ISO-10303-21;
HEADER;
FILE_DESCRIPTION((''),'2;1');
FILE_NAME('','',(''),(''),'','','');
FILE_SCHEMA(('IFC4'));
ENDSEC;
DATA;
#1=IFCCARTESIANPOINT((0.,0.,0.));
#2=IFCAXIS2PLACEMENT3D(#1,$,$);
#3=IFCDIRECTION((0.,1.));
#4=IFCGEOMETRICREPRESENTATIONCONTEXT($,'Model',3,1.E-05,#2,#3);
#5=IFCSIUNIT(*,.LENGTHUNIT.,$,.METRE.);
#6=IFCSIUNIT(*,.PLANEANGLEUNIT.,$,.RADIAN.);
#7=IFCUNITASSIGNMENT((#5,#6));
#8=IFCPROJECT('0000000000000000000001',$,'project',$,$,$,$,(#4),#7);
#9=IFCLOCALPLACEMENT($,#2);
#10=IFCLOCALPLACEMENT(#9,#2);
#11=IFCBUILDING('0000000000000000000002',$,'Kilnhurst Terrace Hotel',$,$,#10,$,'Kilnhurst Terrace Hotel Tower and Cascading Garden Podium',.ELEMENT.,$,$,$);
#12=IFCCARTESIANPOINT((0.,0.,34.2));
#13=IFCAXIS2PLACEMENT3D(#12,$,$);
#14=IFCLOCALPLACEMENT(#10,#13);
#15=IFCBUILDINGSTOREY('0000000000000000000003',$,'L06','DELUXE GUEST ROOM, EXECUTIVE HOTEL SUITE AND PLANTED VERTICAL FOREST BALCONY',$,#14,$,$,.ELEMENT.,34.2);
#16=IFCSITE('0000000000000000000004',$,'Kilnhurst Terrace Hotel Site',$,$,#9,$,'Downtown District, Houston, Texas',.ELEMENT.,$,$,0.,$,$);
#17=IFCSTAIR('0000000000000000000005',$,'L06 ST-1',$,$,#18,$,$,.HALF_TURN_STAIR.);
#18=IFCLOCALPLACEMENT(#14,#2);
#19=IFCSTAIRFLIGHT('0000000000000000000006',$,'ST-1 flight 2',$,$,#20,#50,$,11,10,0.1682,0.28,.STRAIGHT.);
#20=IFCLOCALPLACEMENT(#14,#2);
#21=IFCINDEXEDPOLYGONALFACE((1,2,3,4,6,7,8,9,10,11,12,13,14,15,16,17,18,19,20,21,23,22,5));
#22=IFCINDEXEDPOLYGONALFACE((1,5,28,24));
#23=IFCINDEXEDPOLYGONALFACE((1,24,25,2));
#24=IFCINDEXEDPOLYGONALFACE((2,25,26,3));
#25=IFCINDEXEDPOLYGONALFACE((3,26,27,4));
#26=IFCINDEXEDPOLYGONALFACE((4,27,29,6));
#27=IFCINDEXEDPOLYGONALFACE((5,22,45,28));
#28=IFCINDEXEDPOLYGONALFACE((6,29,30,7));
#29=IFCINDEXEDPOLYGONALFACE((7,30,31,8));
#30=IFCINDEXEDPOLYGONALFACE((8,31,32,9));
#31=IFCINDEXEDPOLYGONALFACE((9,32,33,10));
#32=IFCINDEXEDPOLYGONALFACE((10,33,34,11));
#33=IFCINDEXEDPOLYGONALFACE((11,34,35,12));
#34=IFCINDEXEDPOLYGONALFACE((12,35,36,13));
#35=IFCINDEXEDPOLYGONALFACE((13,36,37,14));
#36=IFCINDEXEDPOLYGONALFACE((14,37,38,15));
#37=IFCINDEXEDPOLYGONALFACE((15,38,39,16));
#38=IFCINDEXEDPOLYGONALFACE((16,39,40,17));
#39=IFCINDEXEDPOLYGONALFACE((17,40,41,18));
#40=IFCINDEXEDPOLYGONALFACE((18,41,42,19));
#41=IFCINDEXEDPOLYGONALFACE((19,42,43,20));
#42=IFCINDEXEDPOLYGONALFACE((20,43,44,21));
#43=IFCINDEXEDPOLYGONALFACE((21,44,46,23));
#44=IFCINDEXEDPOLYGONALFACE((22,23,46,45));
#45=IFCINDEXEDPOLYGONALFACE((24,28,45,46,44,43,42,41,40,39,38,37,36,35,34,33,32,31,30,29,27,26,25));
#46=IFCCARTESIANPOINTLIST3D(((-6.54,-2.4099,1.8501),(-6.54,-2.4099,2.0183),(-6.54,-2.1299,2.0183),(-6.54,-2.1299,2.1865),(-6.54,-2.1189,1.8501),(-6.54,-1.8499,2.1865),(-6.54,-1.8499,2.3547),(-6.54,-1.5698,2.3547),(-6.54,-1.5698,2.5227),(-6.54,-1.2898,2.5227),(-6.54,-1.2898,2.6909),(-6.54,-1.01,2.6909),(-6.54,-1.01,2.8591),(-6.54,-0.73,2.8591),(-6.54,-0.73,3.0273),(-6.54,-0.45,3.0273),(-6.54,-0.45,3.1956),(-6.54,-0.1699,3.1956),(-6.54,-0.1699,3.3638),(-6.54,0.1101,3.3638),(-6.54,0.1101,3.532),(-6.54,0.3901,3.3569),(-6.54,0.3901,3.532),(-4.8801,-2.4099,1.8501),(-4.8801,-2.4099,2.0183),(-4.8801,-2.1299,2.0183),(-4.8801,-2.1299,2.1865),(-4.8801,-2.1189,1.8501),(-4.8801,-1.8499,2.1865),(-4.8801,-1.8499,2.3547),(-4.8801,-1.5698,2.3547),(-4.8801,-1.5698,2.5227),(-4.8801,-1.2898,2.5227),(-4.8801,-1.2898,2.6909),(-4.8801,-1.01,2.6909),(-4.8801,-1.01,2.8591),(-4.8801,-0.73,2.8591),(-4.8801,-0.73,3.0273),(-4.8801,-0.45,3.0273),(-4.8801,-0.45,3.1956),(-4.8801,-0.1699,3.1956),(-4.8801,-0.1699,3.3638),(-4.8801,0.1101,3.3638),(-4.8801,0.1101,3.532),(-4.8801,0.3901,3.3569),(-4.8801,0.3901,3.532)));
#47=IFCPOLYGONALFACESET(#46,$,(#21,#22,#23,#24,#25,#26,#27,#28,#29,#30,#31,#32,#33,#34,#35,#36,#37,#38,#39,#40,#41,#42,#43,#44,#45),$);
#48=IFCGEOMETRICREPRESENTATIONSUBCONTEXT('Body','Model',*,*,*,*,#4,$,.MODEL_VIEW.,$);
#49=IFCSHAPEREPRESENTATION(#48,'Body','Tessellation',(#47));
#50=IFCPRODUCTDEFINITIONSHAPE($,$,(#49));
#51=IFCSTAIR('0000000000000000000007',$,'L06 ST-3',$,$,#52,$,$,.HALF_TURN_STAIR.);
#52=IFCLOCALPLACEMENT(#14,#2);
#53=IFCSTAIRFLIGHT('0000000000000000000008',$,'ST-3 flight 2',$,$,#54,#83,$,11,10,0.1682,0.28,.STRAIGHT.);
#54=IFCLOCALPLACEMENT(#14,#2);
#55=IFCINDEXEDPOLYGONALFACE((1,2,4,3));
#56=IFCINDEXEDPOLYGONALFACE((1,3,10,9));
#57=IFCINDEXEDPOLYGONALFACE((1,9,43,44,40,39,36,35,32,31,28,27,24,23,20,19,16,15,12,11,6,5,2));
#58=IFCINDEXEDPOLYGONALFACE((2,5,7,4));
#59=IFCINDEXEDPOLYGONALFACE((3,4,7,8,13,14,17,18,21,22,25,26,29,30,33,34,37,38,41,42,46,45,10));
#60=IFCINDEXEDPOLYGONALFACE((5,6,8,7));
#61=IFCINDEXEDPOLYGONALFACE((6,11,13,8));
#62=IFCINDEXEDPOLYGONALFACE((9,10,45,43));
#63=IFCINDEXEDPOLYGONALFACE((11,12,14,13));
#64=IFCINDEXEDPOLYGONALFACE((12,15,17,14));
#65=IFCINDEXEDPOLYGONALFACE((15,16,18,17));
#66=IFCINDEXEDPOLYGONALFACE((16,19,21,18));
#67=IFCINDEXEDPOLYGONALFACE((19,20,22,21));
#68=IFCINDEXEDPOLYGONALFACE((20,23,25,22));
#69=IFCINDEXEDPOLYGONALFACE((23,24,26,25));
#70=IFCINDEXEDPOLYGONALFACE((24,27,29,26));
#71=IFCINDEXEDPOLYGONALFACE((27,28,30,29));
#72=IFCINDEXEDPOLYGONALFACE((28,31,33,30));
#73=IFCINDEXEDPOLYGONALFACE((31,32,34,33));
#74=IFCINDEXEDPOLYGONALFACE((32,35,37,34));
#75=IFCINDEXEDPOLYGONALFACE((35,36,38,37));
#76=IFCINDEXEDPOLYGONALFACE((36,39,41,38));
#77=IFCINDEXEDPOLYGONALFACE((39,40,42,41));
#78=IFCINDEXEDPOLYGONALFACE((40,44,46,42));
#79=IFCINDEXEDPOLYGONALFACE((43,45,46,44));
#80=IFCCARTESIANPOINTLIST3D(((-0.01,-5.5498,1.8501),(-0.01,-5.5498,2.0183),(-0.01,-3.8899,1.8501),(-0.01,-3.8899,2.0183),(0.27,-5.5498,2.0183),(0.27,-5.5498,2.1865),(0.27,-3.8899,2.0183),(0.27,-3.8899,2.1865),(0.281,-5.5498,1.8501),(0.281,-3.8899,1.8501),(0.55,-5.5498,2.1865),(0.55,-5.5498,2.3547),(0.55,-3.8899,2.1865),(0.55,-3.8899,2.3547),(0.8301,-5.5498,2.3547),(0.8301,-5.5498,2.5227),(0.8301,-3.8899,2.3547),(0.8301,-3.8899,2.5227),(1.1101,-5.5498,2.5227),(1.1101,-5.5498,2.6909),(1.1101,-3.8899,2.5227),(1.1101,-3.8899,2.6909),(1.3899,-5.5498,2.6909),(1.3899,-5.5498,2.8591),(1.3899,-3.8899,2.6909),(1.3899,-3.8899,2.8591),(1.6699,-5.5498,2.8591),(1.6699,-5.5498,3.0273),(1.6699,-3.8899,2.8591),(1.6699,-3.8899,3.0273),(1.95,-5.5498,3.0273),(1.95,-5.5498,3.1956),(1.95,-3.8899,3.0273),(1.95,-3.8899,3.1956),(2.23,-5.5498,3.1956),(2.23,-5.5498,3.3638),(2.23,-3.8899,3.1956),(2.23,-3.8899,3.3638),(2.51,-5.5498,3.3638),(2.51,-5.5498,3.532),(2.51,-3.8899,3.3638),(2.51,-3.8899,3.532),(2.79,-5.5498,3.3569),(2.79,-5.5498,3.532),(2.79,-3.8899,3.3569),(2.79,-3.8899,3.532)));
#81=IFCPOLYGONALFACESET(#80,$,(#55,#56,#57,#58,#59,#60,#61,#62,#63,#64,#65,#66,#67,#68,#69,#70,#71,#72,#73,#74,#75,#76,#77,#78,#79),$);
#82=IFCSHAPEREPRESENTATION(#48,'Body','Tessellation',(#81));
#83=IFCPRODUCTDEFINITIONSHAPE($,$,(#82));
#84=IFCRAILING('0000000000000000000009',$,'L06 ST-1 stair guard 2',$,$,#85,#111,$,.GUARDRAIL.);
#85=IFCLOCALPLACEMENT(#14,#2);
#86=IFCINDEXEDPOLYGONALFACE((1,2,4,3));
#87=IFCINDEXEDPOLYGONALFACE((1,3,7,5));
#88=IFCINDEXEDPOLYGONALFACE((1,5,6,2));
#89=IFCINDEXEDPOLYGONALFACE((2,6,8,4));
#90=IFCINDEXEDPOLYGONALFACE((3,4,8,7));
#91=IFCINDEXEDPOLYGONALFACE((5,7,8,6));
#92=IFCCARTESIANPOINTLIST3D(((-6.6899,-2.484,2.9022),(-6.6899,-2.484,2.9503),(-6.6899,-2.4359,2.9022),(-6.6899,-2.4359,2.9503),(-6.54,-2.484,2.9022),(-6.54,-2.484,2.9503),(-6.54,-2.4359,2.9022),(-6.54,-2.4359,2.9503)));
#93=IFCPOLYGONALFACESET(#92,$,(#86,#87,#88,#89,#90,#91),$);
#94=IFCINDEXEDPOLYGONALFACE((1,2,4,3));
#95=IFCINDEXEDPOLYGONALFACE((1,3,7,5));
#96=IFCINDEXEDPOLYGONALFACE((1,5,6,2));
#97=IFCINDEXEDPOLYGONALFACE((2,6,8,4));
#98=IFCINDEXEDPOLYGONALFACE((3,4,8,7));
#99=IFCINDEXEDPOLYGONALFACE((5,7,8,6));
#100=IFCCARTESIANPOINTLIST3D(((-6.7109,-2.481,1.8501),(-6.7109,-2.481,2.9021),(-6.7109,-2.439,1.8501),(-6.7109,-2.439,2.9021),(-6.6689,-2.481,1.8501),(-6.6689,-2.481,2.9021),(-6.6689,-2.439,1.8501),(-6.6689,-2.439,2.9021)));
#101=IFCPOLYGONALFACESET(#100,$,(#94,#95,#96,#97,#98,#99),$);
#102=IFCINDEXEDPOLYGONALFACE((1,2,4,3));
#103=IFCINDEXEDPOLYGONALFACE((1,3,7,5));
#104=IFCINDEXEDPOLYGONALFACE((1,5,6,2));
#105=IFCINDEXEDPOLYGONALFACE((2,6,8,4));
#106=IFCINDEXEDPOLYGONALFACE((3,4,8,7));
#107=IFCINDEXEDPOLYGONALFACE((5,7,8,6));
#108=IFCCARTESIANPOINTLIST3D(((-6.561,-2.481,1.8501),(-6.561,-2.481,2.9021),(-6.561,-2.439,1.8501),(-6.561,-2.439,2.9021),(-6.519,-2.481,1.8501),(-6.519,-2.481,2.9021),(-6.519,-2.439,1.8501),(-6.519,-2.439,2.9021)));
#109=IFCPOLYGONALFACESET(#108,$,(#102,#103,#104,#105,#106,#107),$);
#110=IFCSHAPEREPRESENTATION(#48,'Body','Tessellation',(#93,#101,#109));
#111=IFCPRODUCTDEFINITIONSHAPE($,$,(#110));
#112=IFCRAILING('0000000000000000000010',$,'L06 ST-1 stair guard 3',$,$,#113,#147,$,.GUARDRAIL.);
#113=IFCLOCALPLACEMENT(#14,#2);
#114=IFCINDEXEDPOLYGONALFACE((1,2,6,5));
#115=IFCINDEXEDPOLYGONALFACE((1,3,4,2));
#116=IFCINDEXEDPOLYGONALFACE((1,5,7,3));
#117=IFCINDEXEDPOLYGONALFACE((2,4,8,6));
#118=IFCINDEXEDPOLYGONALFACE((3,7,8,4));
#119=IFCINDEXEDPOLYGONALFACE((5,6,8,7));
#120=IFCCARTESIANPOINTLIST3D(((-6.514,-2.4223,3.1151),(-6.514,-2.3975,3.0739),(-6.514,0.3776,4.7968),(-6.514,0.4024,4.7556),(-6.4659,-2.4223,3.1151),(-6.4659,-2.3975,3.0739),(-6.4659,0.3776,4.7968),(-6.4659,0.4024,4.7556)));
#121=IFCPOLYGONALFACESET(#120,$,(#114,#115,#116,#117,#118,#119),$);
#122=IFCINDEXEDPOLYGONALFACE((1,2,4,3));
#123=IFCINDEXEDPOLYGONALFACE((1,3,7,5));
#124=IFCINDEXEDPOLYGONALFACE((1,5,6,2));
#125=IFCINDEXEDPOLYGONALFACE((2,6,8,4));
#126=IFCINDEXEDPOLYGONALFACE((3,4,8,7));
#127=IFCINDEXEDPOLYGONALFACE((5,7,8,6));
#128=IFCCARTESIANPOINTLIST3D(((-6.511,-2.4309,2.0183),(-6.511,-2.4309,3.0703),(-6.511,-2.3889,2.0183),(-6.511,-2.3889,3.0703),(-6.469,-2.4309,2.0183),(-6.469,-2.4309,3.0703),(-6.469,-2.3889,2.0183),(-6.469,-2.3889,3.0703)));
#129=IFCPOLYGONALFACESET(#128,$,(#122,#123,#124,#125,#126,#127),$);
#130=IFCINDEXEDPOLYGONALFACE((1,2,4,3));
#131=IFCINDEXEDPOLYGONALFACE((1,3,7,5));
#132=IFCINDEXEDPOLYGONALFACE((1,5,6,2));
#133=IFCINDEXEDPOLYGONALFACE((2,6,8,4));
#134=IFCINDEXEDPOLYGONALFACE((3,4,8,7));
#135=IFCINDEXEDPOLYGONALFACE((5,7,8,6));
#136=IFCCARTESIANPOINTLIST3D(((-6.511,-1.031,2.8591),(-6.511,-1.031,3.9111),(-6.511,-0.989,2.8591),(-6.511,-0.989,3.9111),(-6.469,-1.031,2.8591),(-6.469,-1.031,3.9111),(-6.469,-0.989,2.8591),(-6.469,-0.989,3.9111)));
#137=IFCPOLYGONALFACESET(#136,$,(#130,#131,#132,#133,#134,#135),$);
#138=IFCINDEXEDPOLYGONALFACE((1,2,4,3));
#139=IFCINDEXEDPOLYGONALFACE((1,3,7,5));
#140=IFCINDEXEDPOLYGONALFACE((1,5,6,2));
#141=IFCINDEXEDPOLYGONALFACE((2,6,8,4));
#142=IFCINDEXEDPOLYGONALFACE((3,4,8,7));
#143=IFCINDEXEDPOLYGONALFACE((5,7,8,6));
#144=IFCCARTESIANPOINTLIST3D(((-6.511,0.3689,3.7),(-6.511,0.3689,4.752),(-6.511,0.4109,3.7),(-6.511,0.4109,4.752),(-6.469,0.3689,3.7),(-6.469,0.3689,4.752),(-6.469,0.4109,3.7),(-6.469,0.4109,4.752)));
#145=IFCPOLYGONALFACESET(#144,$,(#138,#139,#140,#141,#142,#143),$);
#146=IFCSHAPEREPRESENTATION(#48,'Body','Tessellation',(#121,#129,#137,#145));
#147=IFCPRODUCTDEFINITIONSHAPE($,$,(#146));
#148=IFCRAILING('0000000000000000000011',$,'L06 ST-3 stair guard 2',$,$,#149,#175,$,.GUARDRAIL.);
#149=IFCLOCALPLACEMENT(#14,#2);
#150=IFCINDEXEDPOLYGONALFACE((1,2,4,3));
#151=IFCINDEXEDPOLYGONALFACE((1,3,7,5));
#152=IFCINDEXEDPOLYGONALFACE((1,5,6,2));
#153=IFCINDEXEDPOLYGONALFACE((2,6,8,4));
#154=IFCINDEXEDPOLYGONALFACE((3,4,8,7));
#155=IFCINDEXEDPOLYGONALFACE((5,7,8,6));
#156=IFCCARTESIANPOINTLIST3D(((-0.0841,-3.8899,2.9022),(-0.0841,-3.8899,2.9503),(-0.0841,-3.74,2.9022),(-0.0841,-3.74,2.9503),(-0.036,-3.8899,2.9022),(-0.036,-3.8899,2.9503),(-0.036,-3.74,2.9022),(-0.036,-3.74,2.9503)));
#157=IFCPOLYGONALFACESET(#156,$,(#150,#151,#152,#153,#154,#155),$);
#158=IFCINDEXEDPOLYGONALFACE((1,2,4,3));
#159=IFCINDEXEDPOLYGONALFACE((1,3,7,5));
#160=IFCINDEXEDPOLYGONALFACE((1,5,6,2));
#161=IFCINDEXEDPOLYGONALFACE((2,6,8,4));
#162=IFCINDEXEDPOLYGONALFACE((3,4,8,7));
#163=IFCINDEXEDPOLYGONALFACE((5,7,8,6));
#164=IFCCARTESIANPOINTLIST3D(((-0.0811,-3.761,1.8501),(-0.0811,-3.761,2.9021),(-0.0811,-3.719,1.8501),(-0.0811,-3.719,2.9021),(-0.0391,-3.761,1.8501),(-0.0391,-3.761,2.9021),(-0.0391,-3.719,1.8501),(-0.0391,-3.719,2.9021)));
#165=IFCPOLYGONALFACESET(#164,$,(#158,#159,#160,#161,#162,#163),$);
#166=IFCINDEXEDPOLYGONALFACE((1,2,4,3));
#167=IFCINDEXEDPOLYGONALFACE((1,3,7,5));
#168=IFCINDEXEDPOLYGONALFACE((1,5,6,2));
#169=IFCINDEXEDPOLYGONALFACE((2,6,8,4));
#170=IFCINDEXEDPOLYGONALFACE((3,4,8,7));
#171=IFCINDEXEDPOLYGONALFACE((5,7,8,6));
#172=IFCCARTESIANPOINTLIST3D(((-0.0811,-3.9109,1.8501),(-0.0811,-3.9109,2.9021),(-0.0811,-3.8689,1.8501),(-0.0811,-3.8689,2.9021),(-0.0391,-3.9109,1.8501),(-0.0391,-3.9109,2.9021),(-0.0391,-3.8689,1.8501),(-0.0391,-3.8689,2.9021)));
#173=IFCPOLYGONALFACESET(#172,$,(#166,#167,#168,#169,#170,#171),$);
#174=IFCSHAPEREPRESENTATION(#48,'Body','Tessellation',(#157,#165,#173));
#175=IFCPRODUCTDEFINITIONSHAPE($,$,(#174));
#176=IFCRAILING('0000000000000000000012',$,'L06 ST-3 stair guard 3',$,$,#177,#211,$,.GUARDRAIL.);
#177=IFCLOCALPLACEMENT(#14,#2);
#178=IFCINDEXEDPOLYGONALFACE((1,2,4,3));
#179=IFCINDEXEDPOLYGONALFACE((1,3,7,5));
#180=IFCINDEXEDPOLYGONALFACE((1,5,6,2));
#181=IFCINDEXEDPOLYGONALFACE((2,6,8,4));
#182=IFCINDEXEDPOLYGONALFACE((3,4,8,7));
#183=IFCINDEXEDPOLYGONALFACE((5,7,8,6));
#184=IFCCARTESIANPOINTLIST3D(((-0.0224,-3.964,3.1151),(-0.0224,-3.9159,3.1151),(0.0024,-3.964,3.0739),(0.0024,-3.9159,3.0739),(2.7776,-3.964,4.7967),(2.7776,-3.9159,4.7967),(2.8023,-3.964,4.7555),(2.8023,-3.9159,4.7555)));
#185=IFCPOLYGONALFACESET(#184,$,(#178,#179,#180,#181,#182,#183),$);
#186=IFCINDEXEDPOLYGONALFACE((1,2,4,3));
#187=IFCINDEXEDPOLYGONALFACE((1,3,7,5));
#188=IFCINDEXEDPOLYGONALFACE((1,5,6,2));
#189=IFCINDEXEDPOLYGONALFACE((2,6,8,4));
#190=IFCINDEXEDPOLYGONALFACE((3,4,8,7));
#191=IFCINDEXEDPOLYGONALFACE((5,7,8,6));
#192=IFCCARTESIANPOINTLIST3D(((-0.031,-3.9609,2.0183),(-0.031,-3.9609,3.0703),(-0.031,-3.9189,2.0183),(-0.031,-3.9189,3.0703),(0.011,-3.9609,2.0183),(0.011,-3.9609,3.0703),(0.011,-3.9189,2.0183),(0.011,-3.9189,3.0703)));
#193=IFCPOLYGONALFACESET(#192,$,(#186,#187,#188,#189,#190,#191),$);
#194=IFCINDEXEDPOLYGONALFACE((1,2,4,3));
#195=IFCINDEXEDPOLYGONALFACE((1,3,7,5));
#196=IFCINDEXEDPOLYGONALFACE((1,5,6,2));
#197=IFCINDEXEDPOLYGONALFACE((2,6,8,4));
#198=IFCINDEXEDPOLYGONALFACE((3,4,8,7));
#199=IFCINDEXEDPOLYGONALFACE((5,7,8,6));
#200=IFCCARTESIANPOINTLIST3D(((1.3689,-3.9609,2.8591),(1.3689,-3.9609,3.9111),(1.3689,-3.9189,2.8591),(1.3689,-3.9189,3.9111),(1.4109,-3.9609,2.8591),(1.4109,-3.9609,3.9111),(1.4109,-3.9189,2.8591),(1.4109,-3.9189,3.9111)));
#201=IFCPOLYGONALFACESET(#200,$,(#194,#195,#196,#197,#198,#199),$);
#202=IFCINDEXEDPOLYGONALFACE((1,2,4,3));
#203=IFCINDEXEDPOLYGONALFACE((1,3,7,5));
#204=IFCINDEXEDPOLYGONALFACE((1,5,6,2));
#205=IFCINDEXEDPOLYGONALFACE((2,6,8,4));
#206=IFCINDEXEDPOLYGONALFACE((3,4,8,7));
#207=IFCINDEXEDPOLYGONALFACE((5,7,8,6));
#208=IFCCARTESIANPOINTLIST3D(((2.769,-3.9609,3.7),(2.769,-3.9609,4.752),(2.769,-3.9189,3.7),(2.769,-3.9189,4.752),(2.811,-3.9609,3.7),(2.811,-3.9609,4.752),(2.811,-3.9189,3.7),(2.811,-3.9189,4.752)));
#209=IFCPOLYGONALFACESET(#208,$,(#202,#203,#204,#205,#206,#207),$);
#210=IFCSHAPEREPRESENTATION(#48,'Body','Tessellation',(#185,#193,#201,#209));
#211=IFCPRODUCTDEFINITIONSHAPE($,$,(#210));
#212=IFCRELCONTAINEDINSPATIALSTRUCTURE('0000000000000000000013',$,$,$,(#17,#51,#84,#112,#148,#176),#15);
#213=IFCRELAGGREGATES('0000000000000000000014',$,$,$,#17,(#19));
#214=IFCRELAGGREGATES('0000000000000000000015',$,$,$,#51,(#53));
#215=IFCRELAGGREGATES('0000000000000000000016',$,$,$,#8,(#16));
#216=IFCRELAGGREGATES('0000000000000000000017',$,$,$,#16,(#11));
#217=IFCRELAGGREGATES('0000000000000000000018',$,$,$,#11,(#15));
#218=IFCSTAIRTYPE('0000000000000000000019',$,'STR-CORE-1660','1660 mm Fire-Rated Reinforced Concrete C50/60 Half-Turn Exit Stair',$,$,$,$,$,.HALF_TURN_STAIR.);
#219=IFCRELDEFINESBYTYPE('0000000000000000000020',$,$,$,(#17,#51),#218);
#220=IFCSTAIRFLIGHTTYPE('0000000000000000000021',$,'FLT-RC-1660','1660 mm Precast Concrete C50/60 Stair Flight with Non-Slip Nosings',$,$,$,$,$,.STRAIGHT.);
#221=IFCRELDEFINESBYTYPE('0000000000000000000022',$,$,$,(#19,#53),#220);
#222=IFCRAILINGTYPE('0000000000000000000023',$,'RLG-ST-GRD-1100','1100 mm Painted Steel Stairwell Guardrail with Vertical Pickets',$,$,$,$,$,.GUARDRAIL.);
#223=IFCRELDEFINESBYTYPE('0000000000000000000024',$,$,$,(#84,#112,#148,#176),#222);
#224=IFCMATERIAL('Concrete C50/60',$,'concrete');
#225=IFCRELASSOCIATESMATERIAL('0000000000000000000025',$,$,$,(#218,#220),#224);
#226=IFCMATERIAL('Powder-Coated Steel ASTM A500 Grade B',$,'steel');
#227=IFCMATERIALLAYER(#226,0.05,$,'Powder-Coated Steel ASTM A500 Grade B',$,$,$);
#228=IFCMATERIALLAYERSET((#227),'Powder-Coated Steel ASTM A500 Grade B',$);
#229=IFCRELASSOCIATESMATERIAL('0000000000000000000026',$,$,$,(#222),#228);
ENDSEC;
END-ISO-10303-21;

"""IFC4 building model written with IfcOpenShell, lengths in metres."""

from ifc_helpers import new_model, si_unit, direction, frame, origin, origin_2d, place, context, subcontext, project, spatial, polyline, rectangle, outline, extrude, material, layer, layer_set, type_object, element, aggregate, save


model = new_model("IFC4")

# Units and contexts
model_context = context("Model", 3, precision=1e-05, world=origin(), true_north=direction((0.0, 1.0)))
body_context = subcontext(model_context, "Body", "Model", "MODEL_VIEW")
ifc_project = project(units=[si_unit("LENGTHUNIT", "METRE"), si_unit("PLANEANGLEUNIT", "RADIAN")], contexts=[model_context])

# Site, building, storey
site_placement = place(None, origin())
site = spatial("IfcSite", under=ifc_project, at=site_placement, Name="Kilnhurst Terrace Hotel Site", LongName="Downtown District, Houston, Texas", CompositionType="ELEMENT", RefElevation=0.0)
building_placement = place(site_placement, origin())
building = spatial("IfcBuilding", under=site, at=building_placement, Name="Kilnhurst Terrace Hotel", LongName="Kilnhurst Terrace Hotel Tower and Cascading Garden Podium", CompositionType="ELEMENT")
storey_placement = place(building_placement, frame((0.0, 0.0, 34.2)))
storey = spatial("IfcBuildingStorey", under=building, at=storey_placement, Name="L06", Description="DELUXE GUEST ROOM, EXECUTIVE HOTEL SUITE AND PLANTED VERTICAL FOREST BALCONY", CompositionType="ELEMENT", Elevation=34.2)

# Shared definitions
ifc_material_1 = material(Name="Concrete C50/60", Category="concrete")

# Stairs, stair flights
stair_type = type_object("IfcStairType", Name="STR-CORE-1660", Description="1660 mm Fire-Rated Reinforced Concrete C50/60 Half-Turn Exit Stair", PredefinedType="HALF_TURN_STAIR", material=ifc_material_1)
stair_1_placement = place(storey_placement, origin())
stair_1 = element("IfcStair", 1, at=stair_1_placement, inside=storey, type_object=stair_type, Name="L06 ST-1", PredefinedType="HALF_TURN_STAIR")
stair_flight_type = type_object("IfcStairFlightType", Name="FLT-RC-1660", Description="1660 mm Precast Concrete C50/60 Stair Flight with Non-Slip Nosings", PredefinedType="STRAIGHT", material=ifc_material_1)
stair_flight_1_placement = place(storey_placement, frame((-5.71, -2.4099, 1.8501), z_axis=(0.0, 0.0, 1.0), x_axis=(0.0, 1.0, 0.0)))
stair_flight_1 = element("IfcStairFlight", 2, at=stair_flight_1_placement, type_object=stair_flight_type, Name="ST-1 flight 2", NumberOfRisers=11, NumberOfTreads=10, PredefinedType="STRAIGHT", RiserHeight=0.1682, TreadLength=0.28, context=body_context, shape_type="SweptSolid", body=[
    extrude(outline(polyline([(0.0, 0.0), (0.0, 0.1682), (0.28, 0.1682), (0.28, 0.3364), (0.5601, 0.3364), (0.5601, 0.5046), (0.8401, 0.5046), (0.8401, 0.6726), (1.1201, 0.6726), (1.1201, 0.8408), (1.3999, 0.8408), (1.3999, 1.009), (1.6799, 1.009), (1.6799, 1.1772), (1.96, 1.1772), (1.96, 1.3455), (2.24, 1.3455), (2.24, 1.5137), (2.52, 1.5137), (2.52, 1.6819), (2.8, 1.6819), (2.8, 1.8501), (2.8, 1.5068), (0.291, 0.0), (0.0, 0.0)])), frame((0.0, 0.8301, 0.0), z_axis=(0.0, -1.0, 0.0), x_axis=(1.0, 0.0, 0.0)), (0.0, 0.0, 1.0), 1.6599),
])
aggregate(stair_1, [stair_flight_1])
stair_2_placement = place(storey_placement, origin())
stair_2 = element("IfcStair", 3, at=stair_2_placement, inside=storey, type_object=stair_type, Name="L06 ST-3", PredefinedType="HALF_TURN_STAIR")
stair_flight_2_placement = place(storey_placement, frame((-0.01, -4.72, 1.8501), z_axis=(0.0, 0.0, 1.0), x_axis=(1.0, 0.0, 0.0)))
stair_flight_2 = element("IfcStairFlight", 4, at=stair_flight_2_placement, type_object=stair_flight_type, Name="ST-3 flight 2", NumberOfRisers=11, NumberOfTreads=10, PredefinedType="STRAIGHT", RiserHeight=0.1682, TreadLength=0.28, context=body_context, shape_type="SweptSolid", body=[
    extrude(outline(polyline([(0.0, 0.0), (0.0, 0.1682), (0.28, 0.1682), (0.28, 0.3364), (0.5601, 0.3364), (0.5601, 0.5046), (0.8401, 0.5046), (0.8401, 0.6726), (1.1201, 0.6726), (1.1201, 0.8408), (1.3999, 0.8408), (1.3999, 1.009), (1.6799, 1.009), (1.6799, 1.1772), (1.96, 1.1772), (1.96, 1.3455), (2.24, 1.3455), (2.24, 1.5137), (2.52, 1.5137), (2.52, 1.6819), (2.8, 1.6819), (2.8, 1.8501), (2.8, 1.5068), (0.291, 0.0), (0.0, 0.0)])), frame((0.0, 0.8301, 0.0), z_axis=(0.0, -1.0, 0.0), x_axis=(1.0, 0.0, 0.0)), (0.0, 0.0, 1.0), 1.6599),
])
aggregate(stair_2, [stair_flight_2])

# Railings
ifc_material_2 = material(Name="Powder-Coated Steel ASTM A500 Grade B", Category="steel")
ifc_layer_1 = layer(ifc_material_2, 0.05, Name="Powder-Coated Steel ASTM A500 Grade B")
ifc_layer_set_1 = layer_set([ifc_layer_1], Name="Powder-Coated Steel ASTM A500 Grade B")
railing_type_1 = type_object("IfcRailingType", Name="RLG-ST-GRD-1100", Description="1100 mm Painted Steel Stairwell Guardrail with Vertical Pickets", PredefinedType="GUARDRAIL", material=ifc_layer_set_1)
railing_1_placement = place(storey_placement, frame((-6.6899, -2.46, 1.8501)))
element("IfcRailing", 5, at=railing_1_placement, inside=storey, type_object=railing_type_1, Name="L06 ST-1 stair guard 2", PredefinedType="GUARDRAIL", context=body_context, shape_type="SweptSolid", body=[
    extrude(rectangle(XDim=0.0481, YDim=0.0481, at=origin_2d()), frame((0.0, 0.0, 1.0762), z_axis=(1.0, 0.0, 0.0), x_axis=(0.0, 1.0, 0.0)), (0.0, 0.0, 1.0), 0.1499),
    extrude(rectangle(XDim=0.042, YDim=0.042, at=origin_2d()), origin(), (0.0, 0.0, 1.0), 1.052),
    extrude(rectangle(XDim=0.042, YDim=0.042, at=origin_2d()), frame((0.1499, 0.0, 0.0)), (0.0, 0.0, 1.0), 1.052),
])
railing_2_placement = place(storey_placement, frame((-6.49, -2.4099, 2.0183)))
element("IfcRailing", 6, at=railing_2_placement, inside=storey, type_object=railing_type_1, Name="L06 ST-1 stair guard 3", PredefinedType="GUARDRAIL", context=body_context, shape_type="SweptSolid", body=[
    extrude(rectangle(XDim=0.0481, YDim=0.0481, at=origin_2d()), frame((0.0, 0.0, 1.0762), z_axis=(0.0, 0.857255, 0.514891), x_axis=(-1.0, 0.0, 0.0)), (0.0, 0.0, 1.0), 3.2661),
    extrude(rectangle(XDim=0.042, YDim=0.042, at=origin_2d()), origin(), (0.0, 0.0, 1.0), 1.052),
    extrude(rectangle(XDim=0.042, YDim=0.042, at=origin_2d()), frame((0.0, 1.3999, 0.8408)), (0.0, 0.0, 1.0), 1.052),
    extrude(rectangle(XDim=0.042, YDim=0.042, at=origin_2d()), frame((0.0, 2.7998, 1.6816)), (0.0, 0.0, 1.0), 1.052),
])
railing_3_placement = place(storey_placement, frame((-0.0601, -3.74, 1.8501)))
element("IfcRailing", 7, at=railing_3_placement, inside=storey, type_object=railing_type_1, Name="L06 ST-3 stair guard 2", PredefinedType="GUARDRAIL", context=body_context, shape_type="SweptSolid", body=[
    extrude(rectangle(XDim=0.0481, YDim=0.0481, at=origin_2d()), frame((0.0, 0.0, 1.0762), z_axis=(0.0, -1.0, 0.0), x_axis=(1.0, 0.0, 0.0)), (0.0, 0.0, 1.0), 0.1499),
    extrude(rectangle(XDim=0.042, YDim=0.042, at=origin_2d()), origin(), (0.0, 0.0, 1.0), 1.052),
    extrude(rectangle(XDim=0.042, YDim=0.042, at=origin_2d()), frame((0.0, -0.1499, 0.0)), (0.0, 0.0, 1.0), 1.052),
])
railing_4_placement = place(storey_placement, frame((-0.01, -3.9399, 2.0183)))
element("IfcRailing", 8, at=railing_4_placement, inside=storey, type_object=railing_type_1, Name="L06 ST-3 stair guard 3", PredefinedType="GUARDRAIL", context=body_context, shape_type="SweptSolid", body=[
    extrude(rectangle(XDim=0.0481, YDim=0.0481, at=origin_2d()), frame((0.0, 0.0, 1.0762), z_axis=(0.857275, 0.0, 0.514858), x_axis=(0.0, 1.0, 0.0)), (0.0, 0.0, 1.0), 3.2661),
    extrude(rectangle(XDim=0.042, YDim=0.042, at=origin_2d()), origin(), (0.0, 0.0, 1.0), 1.052),
    extrude(rectangle(XDim=0.042, YDim=0.042, at=origin_2d()), frame((1.3999, 0.0, 0.8408)), (0.0, 0.0, 1.0), 1.052),
    extrude(rectangle(XDim=0.042, YDim=0.042, at=origin_2d()), frame((2.8, 0.0, 1.6816)), (0.0, 0.0, 1.0), 1.052),
])

save(model, "model.ifc")
